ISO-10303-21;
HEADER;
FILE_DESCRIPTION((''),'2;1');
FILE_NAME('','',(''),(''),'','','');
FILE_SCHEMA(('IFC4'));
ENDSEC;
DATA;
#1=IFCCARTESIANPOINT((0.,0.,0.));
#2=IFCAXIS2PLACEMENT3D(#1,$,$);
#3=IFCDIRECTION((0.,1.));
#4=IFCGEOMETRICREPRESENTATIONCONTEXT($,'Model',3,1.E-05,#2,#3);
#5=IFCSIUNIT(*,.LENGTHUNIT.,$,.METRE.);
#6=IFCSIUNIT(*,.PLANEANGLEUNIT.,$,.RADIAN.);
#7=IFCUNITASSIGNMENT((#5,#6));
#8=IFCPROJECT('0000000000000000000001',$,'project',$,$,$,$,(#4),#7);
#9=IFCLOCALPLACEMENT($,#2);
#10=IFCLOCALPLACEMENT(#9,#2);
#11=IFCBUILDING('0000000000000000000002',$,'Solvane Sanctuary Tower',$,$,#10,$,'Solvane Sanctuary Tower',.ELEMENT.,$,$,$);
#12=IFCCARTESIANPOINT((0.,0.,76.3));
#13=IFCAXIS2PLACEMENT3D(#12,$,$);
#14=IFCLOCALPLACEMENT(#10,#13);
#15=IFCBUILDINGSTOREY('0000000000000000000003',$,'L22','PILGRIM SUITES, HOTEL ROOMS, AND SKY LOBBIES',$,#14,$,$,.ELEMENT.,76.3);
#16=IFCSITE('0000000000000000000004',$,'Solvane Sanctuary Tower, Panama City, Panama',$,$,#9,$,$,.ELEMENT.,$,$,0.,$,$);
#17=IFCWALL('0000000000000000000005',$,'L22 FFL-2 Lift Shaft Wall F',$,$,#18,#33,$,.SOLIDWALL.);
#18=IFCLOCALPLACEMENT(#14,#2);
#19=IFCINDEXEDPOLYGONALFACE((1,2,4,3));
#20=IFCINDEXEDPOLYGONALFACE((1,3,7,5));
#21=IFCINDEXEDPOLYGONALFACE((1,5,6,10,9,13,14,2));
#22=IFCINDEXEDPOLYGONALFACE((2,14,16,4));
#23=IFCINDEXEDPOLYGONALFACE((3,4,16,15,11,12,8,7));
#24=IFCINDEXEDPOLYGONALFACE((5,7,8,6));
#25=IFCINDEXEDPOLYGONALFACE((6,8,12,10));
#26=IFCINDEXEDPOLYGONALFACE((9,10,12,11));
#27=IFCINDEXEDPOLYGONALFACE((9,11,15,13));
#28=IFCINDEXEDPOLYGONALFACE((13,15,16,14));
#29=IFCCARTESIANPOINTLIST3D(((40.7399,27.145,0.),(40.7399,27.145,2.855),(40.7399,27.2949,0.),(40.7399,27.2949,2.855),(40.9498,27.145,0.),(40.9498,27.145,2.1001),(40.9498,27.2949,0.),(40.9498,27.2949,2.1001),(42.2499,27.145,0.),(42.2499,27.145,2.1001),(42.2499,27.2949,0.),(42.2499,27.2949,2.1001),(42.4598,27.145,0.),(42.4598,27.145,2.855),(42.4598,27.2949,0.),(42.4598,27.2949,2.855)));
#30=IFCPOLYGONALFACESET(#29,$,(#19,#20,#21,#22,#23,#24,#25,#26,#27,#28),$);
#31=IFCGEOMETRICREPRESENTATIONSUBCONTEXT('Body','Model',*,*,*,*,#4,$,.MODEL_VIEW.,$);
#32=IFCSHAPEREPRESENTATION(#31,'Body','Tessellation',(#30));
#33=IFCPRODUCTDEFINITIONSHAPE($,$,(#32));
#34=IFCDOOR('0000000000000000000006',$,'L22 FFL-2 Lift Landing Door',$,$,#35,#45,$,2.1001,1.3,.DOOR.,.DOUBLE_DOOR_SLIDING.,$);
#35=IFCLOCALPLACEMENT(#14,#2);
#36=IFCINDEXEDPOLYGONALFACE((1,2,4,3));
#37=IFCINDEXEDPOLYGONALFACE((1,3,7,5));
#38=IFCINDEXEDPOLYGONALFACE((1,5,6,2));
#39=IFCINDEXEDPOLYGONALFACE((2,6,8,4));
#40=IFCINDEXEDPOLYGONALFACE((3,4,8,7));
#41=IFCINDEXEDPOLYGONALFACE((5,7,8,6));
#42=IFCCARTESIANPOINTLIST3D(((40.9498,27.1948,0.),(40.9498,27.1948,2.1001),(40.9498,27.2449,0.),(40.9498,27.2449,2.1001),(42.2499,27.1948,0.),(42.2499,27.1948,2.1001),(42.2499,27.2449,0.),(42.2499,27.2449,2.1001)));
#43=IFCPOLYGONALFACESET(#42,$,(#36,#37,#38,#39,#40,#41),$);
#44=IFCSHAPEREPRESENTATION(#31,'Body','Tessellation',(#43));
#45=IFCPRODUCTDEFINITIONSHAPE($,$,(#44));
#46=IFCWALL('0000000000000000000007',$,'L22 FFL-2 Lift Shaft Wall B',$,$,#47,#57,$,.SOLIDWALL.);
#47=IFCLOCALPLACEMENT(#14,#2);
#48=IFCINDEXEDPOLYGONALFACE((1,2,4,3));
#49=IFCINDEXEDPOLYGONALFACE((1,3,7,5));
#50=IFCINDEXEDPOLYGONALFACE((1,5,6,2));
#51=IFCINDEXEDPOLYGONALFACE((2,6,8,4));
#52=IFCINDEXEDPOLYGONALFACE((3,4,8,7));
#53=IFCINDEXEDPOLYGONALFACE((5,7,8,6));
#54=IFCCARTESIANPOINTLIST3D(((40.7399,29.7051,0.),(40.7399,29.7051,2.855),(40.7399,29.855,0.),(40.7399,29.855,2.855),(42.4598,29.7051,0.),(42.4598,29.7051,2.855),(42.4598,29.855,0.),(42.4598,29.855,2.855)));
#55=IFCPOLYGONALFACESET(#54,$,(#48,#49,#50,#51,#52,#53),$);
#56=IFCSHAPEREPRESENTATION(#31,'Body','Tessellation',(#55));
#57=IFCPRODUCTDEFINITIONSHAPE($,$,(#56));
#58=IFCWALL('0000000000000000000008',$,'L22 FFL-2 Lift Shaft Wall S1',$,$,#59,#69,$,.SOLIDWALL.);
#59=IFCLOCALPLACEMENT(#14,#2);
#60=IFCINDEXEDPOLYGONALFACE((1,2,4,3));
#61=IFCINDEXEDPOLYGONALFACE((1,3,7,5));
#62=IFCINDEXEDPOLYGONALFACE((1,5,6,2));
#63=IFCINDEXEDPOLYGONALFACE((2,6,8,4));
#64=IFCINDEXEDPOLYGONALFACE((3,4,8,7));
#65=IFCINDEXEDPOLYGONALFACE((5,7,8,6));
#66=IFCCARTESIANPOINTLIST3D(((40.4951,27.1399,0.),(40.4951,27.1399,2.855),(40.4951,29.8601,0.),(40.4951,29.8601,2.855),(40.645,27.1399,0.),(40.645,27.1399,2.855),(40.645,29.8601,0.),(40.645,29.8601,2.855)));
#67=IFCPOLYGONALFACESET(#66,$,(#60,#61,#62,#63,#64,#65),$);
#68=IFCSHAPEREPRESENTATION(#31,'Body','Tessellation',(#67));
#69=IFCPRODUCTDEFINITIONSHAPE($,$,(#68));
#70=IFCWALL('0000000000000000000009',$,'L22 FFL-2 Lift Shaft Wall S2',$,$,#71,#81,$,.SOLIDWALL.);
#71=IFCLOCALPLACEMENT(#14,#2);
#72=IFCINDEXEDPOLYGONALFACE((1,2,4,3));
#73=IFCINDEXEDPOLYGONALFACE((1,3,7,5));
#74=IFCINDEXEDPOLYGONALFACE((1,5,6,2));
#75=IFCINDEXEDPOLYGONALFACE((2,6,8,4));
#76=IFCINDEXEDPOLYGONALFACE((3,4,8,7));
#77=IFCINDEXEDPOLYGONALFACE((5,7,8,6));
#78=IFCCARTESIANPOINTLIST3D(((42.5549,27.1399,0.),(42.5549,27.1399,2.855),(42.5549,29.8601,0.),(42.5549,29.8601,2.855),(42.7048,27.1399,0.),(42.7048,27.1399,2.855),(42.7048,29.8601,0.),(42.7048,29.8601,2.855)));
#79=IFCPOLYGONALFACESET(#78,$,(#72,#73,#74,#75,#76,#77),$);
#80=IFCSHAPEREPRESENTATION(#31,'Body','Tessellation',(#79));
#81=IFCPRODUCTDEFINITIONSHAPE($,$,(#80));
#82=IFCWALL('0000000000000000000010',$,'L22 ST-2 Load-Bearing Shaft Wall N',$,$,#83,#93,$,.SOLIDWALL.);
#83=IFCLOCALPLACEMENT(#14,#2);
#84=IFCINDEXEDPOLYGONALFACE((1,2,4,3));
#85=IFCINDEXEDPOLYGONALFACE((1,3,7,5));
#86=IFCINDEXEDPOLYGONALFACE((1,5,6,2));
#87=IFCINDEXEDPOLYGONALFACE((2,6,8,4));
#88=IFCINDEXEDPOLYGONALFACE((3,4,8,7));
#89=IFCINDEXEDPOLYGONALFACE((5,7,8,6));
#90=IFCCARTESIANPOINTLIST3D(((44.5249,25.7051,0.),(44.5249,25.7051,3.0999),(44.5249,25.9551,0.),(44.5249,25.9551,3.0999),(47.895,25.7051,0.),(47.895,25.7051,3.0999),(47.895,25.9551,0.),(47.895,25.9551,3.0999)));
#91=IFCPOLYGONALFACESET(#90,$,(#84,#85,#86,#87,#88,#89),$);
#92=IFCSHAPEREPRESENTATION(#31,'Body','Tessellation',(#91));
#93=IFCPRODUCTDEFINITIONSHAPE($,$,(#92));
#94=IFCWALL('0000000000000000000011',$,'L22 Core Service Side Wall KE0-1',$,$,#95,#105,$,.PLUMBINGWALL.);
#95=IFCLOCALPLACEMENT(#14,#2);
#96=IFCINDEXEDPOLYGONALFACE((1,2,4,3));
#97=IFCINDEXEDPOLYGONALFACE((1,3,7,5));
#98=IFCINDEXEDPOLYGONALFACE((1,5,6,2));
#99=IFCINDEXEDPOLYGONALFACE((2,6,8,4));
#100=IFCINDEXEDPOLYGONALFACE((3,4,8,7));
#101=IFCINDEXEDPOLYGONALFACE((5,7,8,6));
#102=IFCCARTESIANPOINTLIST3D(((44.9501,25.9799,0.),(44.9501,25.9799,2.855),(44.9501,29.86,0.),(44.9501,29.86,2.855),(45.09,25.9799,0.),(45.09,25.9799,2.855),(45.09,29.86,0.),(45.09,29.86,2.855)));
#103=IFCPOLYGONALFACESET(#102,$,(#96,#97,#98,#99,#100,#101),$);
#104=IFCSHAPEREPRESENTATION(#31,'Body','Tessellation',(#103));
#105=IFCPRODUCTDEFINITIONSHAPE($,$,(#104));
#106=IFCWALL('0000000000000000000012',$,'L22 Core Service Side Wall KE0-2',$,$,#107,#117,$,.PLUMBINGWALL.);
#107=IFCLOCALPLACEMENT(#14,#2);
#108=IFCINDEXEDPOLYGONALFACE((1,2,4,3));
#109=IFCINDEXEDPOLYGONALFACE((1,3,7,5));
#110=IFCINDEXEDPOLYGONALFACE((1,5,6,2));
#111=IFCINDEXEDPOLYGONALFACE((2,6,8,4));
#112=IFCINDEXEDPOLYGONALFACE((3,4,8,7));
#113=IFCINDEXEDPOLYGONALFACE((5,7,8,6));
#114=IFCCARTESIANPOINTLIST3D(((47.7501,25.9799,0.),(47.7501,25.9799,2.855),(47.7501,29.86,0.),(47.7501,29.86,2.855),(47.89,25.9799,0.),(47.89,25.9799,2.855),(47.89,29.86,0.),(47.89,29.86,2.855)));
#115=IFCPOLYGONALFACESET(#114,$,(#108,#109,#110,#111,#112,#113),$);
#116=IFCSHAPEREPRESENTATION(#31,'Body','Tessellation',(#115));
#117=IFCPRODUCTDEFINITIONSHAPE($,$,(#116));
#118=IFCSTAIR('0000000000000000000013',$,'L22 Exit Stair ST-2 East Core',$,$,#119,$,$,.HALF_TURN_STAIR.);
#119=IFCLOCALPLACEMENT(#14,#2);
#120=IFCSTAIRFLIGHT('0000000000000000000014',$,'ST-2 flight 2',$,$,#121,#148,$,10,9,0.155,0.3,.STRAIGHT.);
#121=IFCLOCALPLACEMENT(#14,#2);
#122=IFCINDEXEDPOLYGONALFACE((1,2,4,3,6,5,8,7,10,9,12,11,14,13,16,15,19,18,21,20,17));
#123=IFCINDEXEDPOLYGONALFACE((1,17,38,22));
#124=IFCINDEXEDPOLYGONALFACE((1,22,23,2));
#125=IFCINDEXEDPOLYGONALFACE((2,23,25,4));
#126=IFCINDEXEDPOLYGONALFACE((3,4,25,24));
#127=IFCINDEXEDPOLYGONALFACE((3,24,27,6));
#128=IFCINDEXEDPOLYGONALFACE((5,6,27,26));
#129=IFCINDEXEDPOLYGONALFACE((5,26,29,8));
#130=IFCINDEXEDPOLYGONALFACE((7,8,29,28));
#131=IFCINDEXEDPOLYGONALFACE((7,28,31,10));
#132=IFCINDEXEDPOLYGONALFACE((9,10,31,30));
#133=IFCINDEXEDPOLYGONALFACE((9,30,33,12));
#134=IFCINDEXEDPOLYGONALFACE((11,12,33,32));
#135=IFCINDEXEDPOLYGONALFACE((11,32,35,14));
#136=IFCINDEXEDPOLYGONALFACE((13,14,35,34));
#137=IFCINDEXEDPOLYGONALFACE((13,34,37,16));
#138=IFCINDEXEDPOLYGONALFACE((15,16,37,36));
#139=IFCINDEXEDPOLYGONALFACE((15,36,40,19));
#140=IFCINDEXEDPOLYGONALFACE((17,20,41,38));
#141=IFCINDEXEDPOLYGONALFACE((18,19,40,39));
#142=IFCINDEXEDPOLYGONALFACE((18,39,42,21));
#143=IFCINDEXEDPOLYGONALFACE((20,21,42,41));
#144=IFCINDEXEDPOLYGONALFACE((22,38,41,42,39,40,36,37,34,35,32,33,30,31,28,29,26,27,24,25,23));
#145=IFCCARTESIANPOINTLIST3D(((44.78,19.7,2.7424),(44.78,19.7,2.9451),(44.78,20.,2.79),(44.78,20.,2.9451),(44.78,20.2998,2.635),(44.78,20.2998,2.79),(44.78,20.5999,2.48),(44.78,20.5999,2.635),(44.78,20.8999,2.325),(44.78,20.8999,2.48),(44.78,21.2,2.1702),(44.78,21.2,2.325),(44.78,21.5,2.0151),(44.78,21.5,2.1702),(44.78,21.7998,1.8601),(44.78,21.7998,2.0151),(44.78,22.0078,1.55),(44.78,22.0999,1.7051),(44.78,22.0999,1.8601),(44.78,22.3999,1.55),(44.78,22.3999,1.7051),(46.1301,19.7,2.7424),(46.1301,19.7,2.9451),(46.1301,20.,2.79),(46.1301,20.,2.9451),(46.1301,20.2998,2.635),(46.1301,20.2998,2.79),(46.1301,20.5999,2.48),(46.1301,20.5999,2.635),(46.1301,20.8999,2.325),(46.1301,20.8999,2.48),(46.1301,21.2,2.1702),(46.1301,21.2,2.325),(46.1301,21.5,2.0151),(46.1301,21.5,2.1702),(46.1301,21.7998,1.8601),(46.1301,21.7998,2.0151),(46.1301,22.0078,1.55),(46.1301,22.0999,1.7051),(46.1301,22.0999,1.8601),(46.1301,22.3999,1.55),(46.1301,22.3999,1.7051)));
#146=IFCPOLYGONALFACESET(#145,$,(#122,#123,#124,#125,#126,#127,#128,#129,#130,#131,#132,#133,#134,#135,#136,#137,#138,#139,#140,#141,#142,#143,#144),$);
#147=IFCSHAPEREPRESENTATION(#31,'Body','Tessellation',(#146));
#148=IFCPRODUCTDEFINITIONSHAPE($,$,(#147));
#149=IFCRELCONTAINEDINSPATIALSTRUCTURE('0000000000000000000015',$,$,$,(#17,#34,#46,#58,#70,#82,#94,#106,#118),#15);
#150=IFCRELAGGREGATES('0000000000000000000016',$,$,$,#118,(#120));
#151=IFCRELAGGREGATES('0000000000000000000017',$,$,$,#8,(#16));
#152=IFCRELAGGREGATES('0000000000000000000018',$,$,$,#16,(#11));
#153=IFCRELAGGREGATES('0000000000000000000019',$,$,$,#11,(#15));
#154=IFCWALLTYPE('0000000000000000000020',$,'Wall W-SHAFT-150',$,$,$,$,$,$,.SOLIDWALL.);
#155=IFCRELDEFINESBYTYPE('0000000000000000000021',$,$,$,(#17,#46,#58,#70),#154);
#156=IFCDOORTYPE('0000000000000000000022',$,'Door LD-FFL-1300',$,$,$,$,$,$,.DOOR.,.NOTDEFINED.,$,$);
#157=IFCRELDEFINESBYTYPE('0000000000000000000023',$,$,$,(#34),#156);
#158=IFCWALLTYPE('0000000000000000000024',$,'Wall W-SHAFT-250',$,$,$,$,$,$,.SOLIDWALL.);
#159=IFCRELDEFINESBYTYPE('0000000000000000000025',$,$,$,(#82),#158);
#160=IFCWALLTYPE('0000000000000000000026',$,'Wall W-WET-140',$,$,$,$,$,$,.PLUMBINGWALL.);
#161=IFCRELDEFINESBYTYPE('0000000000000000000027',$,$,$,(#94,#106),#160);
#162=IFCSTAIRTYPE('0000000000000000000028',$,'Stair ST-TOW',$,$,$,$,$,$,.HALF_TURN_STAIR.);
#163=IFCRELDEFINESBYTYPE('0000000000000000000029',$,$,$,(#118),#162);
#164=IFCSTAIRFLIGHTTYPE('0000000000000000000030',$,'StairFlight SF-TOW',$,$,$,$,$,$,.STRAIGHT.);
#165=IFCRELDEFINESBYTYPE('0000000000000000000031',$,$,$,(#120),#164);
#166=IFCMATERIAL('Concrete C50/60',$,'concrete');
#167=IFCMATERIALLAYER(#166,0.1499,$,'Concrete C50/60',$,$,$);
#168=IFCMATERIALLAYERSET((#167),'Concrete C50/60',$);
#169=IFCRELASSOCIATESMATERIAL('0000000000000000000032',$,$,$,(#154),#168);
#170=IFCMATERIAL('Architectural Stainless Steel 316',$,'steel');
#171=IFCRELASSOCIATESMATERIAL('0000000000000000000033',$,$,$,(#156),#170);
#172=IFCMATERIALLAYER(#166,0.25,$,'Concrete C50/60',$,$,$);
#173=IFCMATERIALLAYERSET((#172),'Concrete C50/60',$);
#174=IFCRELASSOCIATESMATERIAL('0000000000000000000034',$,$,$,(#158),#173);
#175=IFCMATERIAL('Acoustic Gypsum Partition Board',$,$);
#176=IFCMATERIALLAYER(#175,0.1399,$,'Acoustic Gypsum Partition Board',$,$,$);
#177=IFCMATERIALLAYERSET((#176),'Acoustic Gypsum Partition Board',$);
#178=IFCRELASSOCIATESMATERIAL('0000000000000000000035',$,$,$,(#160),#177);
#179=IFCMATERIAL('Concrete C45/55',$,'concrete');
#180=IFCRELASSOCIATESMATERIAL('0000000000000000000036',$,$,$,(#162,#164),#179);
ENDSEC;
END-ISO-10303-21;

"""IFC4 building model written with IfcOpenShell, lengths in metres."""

from ifc_helpers import new_model, si_unit, direction, frame, frame_2d, origin, place, context, subcontext, project, spatial, polyline, rectangle, outline, extrude, material, layer, layer_set, type_object, element, fill, aggregate, save


model = new_model("IFC4")

# Units and contexts
model_context = context("Model", 3, precision=1e-05, world=origin(), true_north=direction((0.0, 1.0)))
body_context = subcontext(model_context, "Body", "Model", "MODEL_VIEW")
ifc_project = project(units=[si_unit("LENGTHUNIT", "METRE"), si_unit("PLANEANGLEUNIT", "RADIAN")], contexts=[model_context])

# Site, building, storey
site_placement = place(None, origin())
site = spatial("IfcSite", under=ifc_project, at=site_placement, Name="Solvane Sanctuary Tower, Panama City, Panama", CompositionType="ELEMENT", RefElevation=0.0)
building_placement = place(site_placement, origin())
building = spatial("IfcBuilding", under=site, at=building_placement, Name="Solvane Sanctuary Tower", LongName="Solvane Sanctuary Tower", CompositionType="ELEMENT")
storey_placement = place(building_placement, frame((0.0, 0.0, 76.3)))
storey = spatial("IfcBuildingStorey", under=building, at=storey_placement, Name="L22", Description="PILGRIM SUITES, HOTEL ROOMS, AND SKY LOBBIES", CompositionType="ELEMENT", Elevation=76.3)

# Shared definitions
ifc_material_1 = material(Name="Acoustic Gypsum Partition Board")

# Shared definitions
ifc_material_2 = material(Name="Concrete C50/60", Category="concrete")
ifc_layer_1 = layer(ifc_material_2, 0.1499, Name="Concrete C50/60")
ifc_layer_set_1 = layer_set([ifc_layer_1], Name="Concrete C50/60")
wall_type_1 = type_object("IfcWallType", Name="Wall W-SHAFT-150", PredefinedType="SOLIDWALL", material=ifc_layer_set_1)

# Wall, opening, door
wall_1_placement = place(storey_placement, frame((40.74, 27.22, 0.0), z_axis=(0.0, 0.0, 1.0), x_axis=(1.0, 0.0, 0.0)))
wall_1 = element("IfcWall", 1, at=wall_1_placement, inside=storey, type_object=wall_type_1, Name="L22 FFL-2 Lift Shaft Wall F", PredefinedType="SOLIDWALL", context=body_context, shape_type="SweptSolid", body=[
    extrude(rectangle(XDim=1.72, YDim=0.1499, at=frame_2d((0.8599, 0.0))), origin(), (0.0, 0.0, 1.0), 2.855),
])
opening_1_placement = place(wall_1_placement, frame((0.21, 0.0, 0.0)))
opening_1 = element("IfcOpeningElement", 2, at=opening_1_placement, cuts=wall_1, PredefinedType="OPENING", context=body_context, shape_type="SweptSolid", body=[
    extrude(rectangle(XDim=1.3, YDim=2.1001, at=frame_2d((0.6499, 1.05))), frame((0.0, 0.085, 0.0), z_axis=(0.0, -1.0, 0.0), x_axis=(1.0, 0.0, 0.0)), (0.0, 0.0, 1.0), 0.1699),
])
ifc_material_3 = material(Name="Architectural Stainless Steel 316", Category="steel")
door_type_1 = type_object("IfcDoorType", Name="Door LD-FFL-1300", OperationType="NOTDEFINED", PredefinedType="DOOR", material=ifc_material_3)
door_1_placement = place(opening_1_placement, origin())
door_1 = element("IfcDoor", 3, at=door_1_placement, inside=storey, type_object=door_type_1, Name="L22 FFL-2 Lift Landing Door", OperationType="DOUBLE_DOOR_SLIDING", OverallHeight=2.1001, OverallWidth=1.3, PredefinedType="DOOR", context=body_context, shape_type="SweptSolid", body=[
    extrude(rectangle(XDim=1.3, YDim=2.1001, at=frame_2d((0.6499, 1.05))), frame((0.0, 0.0249, 0.0), z_axis=(0.0, -1.0, 0.0), x_axis=(1.0, 0.0, 0.0)), (0.0, 0.0, 1.0), 0.05),
])
fill(opening_1, door_1)

# Walls
wall_2_placement = place(storey_placement, frame((40.74, 29.78, 0.0), z_axis=(0.0, 0.0, 1.0), x_axis=(1.0, 0.0, 0.0)))
element("IfcWall", 4, at=wall_2_placement, inside=storey, type_object=wall_type_1, Name="L22 FFL-2 Lift Shaft Wall B", PredefinedType="SOLIDWALL", context=body_context, shape_type="SweptSolid", body=[
    extrude(rectangle(XDim=1.72, YDim=0.1499, at=frame_2d((0.8599, 0.0))), origin(), (0.0, 0.0, 1.0), 2.855),
])
for number, where, z_axis, x_axis, name in (
    (5, (40.5701, 27.1399, 0.0), (0.0, 0.0, 1.0), (0.0, 1.0, 0.0), "L22 FFL-2 Lift Shaft Wall S1"),
    (6, (42.6299, 27.1399, 0.0), (0.0, 0.0, 1.0), (0.0, 1.0, 0.0), "L22 FFL-2 Lift Shaft Wall S2"),
):
    element("IfcWall", number, at=place(storey_placement, frame(where, z_axis=z_axis, x_axis=x_axis)), inside=storey, type_object=wall_type_1, Name=name, PredefinedType="SOLIDWALL", context=body_context, shape_type="SweptSolid", body=[
        extrude(rectangle(XDim=2.7202, YDim=0.1499, at=frame_2d((1.3601, 0.0))), origin(), (0.0, 0.0, 1.0), 2.855),
    ])
ifc_layer_2 = layer(ifc_material_2, 0.25, Name="Concrete C50/60")
ifc_layer_set_2 = layer_set([ifc_layer_2], Name="Concrete C50/60")
wall_type_2 = type_object("IfcWallType", Name="Wall W-SHAFT-250", PredefinedType="SOLIDWALL", material=ifc_layer_set_2)
wall_3_placement = place(storey_placement, frame((44.5249, 25.8301, 0.0), z_axis=(0.0, 0.0, 1.0), x_axis=(1.0, 0.0, 0.0)))
element("IfcWall", 7, at=wall_3_placement, inside=storey, type_object=wall_type_2, Name="L22 ST-2 Load-Bearing Shaft Wall N", PredefinedType="SOLIDWALL", context=body_context, shape_type="SweptSolid", body=[
    extrude(rectangle(XDim=3.3701, YDim=0.25, at=frame_2d((1.6851, 0.0))), origin(), (0.0, 0.0, 1.0), 3.0999),
])
ifc_layer_3 = layer(ifc_material_1, 0.1399, Name="Acoustic Gypsum Partition Board")
ifc_layer_set_3 = layer_set([ifc_layer_3], Name="Acoustic Gypsum Partition Board")
wall_type_3 = type_object("IfcWallType", Name="Wall W-WET-140", PredefinedType="PLUMBINGWALL", material=ifc_layer_set_3)
for number, where, z_axis, x_axis, name in (
    (8, (45.02, 25.98, 0.0), (0.0, 0.0, 1.0), (0.0, 1.0, 0.0), "L22 Core Service Side Wall KE0-1"),
    (9, (47.8201, 25.98, 0.0), (0.0, 0.0, 1.0), (0.0, 1.0, 0.0), "L22 Core Service Side Wall KE0-2"),
):
    element("IfcWall", number, at=place(storey_placement, frame(where, z_axis=z_axis, x_axis=x_axis)), inside=storey, type_object=wall_type_3, Name=name, PredefinedType="PLUMBINGWALL", context=body_context, shape_type="SweptSolid", body=[
        extrude(rectangle(XDim=3.8801, YDim=0.1399, at=frame_2d((1.9399, 0.0))), origin(), (0.0, 0.0, 1.0), 2.855),
    ])

# Stair, stair flight
ifc_material_4 = material(Name="Concrete C45/55", Category="concrete")
stair_type = type_object("IfcStairType", Name="Stair ST-TOW", PredefinedType="HALF_TURN_STAIR", material=ifc_material_4)
stair_placement = place(storey_placement, origin())
stair = element("IfcStair", 10, at=stair_placement, inside=storey, type_object=stair_type, Name="L22 Exit Stair ST-2 East Core", PredefinedType="HALF_TURN_STAIR")
stair_flight_type = type_object("IfcStairFlightType", Name="StairFlight SF-TOW", PredefinedType="STRAIGHT", material=ifc_material_4)
stair_flight_placement = place(storey_placement, frame((45.4551, 22.3999, 1.55), z_axis=(0.0, 0.0, 1.0), x_axis=(0.0, -1.0, 0.0)))
stair_flight = element("IfcStairFlight", 11, at=stair_flight_placement, type_object=stair_flight_type, Name="ST-2 flight 2", NumberOfRisers=10, NumberOfTreads=9, PredefinedType="STRAIGHT", RiserHeight=0.155, TreadLength=0.3, context=body_context, shape_type="SweptSolid", body=[
    extrude(outline(polyline([(0.0, 0.0), (0.0, 0.155), (0.3, 0.155), (0.3, 0.3101), (0.6001, 0.3101), (0.6001, 0.4651), (0.8999, 0.4651), (0.8999, 0.6201), (1.2, 0.6201), (1.2, 0.7749), (1.5, 0.7749), (1.5, 0.9299), (1.8, 0.9299), (1.8, 1.085), (2.1001, 1.085), (2.1001, 1.24), (2.3999, 1.24), (2.3999, 1.395), (2.7, 1.395), (2.7, 1.55), (2.7, 1.1924), (0.3921, 0.0), (0.0, 0.0)])), frame((0.0, 0.675, 0.0), z_axis=(0.0, -1.0, 0.0), x_axis=(1.0, 0.0, 0.0)), (0.0, 0.0, 1.0), 1.3501),
])
aggregate(stair, [stair_flight])

save(model, "model.ifc")
